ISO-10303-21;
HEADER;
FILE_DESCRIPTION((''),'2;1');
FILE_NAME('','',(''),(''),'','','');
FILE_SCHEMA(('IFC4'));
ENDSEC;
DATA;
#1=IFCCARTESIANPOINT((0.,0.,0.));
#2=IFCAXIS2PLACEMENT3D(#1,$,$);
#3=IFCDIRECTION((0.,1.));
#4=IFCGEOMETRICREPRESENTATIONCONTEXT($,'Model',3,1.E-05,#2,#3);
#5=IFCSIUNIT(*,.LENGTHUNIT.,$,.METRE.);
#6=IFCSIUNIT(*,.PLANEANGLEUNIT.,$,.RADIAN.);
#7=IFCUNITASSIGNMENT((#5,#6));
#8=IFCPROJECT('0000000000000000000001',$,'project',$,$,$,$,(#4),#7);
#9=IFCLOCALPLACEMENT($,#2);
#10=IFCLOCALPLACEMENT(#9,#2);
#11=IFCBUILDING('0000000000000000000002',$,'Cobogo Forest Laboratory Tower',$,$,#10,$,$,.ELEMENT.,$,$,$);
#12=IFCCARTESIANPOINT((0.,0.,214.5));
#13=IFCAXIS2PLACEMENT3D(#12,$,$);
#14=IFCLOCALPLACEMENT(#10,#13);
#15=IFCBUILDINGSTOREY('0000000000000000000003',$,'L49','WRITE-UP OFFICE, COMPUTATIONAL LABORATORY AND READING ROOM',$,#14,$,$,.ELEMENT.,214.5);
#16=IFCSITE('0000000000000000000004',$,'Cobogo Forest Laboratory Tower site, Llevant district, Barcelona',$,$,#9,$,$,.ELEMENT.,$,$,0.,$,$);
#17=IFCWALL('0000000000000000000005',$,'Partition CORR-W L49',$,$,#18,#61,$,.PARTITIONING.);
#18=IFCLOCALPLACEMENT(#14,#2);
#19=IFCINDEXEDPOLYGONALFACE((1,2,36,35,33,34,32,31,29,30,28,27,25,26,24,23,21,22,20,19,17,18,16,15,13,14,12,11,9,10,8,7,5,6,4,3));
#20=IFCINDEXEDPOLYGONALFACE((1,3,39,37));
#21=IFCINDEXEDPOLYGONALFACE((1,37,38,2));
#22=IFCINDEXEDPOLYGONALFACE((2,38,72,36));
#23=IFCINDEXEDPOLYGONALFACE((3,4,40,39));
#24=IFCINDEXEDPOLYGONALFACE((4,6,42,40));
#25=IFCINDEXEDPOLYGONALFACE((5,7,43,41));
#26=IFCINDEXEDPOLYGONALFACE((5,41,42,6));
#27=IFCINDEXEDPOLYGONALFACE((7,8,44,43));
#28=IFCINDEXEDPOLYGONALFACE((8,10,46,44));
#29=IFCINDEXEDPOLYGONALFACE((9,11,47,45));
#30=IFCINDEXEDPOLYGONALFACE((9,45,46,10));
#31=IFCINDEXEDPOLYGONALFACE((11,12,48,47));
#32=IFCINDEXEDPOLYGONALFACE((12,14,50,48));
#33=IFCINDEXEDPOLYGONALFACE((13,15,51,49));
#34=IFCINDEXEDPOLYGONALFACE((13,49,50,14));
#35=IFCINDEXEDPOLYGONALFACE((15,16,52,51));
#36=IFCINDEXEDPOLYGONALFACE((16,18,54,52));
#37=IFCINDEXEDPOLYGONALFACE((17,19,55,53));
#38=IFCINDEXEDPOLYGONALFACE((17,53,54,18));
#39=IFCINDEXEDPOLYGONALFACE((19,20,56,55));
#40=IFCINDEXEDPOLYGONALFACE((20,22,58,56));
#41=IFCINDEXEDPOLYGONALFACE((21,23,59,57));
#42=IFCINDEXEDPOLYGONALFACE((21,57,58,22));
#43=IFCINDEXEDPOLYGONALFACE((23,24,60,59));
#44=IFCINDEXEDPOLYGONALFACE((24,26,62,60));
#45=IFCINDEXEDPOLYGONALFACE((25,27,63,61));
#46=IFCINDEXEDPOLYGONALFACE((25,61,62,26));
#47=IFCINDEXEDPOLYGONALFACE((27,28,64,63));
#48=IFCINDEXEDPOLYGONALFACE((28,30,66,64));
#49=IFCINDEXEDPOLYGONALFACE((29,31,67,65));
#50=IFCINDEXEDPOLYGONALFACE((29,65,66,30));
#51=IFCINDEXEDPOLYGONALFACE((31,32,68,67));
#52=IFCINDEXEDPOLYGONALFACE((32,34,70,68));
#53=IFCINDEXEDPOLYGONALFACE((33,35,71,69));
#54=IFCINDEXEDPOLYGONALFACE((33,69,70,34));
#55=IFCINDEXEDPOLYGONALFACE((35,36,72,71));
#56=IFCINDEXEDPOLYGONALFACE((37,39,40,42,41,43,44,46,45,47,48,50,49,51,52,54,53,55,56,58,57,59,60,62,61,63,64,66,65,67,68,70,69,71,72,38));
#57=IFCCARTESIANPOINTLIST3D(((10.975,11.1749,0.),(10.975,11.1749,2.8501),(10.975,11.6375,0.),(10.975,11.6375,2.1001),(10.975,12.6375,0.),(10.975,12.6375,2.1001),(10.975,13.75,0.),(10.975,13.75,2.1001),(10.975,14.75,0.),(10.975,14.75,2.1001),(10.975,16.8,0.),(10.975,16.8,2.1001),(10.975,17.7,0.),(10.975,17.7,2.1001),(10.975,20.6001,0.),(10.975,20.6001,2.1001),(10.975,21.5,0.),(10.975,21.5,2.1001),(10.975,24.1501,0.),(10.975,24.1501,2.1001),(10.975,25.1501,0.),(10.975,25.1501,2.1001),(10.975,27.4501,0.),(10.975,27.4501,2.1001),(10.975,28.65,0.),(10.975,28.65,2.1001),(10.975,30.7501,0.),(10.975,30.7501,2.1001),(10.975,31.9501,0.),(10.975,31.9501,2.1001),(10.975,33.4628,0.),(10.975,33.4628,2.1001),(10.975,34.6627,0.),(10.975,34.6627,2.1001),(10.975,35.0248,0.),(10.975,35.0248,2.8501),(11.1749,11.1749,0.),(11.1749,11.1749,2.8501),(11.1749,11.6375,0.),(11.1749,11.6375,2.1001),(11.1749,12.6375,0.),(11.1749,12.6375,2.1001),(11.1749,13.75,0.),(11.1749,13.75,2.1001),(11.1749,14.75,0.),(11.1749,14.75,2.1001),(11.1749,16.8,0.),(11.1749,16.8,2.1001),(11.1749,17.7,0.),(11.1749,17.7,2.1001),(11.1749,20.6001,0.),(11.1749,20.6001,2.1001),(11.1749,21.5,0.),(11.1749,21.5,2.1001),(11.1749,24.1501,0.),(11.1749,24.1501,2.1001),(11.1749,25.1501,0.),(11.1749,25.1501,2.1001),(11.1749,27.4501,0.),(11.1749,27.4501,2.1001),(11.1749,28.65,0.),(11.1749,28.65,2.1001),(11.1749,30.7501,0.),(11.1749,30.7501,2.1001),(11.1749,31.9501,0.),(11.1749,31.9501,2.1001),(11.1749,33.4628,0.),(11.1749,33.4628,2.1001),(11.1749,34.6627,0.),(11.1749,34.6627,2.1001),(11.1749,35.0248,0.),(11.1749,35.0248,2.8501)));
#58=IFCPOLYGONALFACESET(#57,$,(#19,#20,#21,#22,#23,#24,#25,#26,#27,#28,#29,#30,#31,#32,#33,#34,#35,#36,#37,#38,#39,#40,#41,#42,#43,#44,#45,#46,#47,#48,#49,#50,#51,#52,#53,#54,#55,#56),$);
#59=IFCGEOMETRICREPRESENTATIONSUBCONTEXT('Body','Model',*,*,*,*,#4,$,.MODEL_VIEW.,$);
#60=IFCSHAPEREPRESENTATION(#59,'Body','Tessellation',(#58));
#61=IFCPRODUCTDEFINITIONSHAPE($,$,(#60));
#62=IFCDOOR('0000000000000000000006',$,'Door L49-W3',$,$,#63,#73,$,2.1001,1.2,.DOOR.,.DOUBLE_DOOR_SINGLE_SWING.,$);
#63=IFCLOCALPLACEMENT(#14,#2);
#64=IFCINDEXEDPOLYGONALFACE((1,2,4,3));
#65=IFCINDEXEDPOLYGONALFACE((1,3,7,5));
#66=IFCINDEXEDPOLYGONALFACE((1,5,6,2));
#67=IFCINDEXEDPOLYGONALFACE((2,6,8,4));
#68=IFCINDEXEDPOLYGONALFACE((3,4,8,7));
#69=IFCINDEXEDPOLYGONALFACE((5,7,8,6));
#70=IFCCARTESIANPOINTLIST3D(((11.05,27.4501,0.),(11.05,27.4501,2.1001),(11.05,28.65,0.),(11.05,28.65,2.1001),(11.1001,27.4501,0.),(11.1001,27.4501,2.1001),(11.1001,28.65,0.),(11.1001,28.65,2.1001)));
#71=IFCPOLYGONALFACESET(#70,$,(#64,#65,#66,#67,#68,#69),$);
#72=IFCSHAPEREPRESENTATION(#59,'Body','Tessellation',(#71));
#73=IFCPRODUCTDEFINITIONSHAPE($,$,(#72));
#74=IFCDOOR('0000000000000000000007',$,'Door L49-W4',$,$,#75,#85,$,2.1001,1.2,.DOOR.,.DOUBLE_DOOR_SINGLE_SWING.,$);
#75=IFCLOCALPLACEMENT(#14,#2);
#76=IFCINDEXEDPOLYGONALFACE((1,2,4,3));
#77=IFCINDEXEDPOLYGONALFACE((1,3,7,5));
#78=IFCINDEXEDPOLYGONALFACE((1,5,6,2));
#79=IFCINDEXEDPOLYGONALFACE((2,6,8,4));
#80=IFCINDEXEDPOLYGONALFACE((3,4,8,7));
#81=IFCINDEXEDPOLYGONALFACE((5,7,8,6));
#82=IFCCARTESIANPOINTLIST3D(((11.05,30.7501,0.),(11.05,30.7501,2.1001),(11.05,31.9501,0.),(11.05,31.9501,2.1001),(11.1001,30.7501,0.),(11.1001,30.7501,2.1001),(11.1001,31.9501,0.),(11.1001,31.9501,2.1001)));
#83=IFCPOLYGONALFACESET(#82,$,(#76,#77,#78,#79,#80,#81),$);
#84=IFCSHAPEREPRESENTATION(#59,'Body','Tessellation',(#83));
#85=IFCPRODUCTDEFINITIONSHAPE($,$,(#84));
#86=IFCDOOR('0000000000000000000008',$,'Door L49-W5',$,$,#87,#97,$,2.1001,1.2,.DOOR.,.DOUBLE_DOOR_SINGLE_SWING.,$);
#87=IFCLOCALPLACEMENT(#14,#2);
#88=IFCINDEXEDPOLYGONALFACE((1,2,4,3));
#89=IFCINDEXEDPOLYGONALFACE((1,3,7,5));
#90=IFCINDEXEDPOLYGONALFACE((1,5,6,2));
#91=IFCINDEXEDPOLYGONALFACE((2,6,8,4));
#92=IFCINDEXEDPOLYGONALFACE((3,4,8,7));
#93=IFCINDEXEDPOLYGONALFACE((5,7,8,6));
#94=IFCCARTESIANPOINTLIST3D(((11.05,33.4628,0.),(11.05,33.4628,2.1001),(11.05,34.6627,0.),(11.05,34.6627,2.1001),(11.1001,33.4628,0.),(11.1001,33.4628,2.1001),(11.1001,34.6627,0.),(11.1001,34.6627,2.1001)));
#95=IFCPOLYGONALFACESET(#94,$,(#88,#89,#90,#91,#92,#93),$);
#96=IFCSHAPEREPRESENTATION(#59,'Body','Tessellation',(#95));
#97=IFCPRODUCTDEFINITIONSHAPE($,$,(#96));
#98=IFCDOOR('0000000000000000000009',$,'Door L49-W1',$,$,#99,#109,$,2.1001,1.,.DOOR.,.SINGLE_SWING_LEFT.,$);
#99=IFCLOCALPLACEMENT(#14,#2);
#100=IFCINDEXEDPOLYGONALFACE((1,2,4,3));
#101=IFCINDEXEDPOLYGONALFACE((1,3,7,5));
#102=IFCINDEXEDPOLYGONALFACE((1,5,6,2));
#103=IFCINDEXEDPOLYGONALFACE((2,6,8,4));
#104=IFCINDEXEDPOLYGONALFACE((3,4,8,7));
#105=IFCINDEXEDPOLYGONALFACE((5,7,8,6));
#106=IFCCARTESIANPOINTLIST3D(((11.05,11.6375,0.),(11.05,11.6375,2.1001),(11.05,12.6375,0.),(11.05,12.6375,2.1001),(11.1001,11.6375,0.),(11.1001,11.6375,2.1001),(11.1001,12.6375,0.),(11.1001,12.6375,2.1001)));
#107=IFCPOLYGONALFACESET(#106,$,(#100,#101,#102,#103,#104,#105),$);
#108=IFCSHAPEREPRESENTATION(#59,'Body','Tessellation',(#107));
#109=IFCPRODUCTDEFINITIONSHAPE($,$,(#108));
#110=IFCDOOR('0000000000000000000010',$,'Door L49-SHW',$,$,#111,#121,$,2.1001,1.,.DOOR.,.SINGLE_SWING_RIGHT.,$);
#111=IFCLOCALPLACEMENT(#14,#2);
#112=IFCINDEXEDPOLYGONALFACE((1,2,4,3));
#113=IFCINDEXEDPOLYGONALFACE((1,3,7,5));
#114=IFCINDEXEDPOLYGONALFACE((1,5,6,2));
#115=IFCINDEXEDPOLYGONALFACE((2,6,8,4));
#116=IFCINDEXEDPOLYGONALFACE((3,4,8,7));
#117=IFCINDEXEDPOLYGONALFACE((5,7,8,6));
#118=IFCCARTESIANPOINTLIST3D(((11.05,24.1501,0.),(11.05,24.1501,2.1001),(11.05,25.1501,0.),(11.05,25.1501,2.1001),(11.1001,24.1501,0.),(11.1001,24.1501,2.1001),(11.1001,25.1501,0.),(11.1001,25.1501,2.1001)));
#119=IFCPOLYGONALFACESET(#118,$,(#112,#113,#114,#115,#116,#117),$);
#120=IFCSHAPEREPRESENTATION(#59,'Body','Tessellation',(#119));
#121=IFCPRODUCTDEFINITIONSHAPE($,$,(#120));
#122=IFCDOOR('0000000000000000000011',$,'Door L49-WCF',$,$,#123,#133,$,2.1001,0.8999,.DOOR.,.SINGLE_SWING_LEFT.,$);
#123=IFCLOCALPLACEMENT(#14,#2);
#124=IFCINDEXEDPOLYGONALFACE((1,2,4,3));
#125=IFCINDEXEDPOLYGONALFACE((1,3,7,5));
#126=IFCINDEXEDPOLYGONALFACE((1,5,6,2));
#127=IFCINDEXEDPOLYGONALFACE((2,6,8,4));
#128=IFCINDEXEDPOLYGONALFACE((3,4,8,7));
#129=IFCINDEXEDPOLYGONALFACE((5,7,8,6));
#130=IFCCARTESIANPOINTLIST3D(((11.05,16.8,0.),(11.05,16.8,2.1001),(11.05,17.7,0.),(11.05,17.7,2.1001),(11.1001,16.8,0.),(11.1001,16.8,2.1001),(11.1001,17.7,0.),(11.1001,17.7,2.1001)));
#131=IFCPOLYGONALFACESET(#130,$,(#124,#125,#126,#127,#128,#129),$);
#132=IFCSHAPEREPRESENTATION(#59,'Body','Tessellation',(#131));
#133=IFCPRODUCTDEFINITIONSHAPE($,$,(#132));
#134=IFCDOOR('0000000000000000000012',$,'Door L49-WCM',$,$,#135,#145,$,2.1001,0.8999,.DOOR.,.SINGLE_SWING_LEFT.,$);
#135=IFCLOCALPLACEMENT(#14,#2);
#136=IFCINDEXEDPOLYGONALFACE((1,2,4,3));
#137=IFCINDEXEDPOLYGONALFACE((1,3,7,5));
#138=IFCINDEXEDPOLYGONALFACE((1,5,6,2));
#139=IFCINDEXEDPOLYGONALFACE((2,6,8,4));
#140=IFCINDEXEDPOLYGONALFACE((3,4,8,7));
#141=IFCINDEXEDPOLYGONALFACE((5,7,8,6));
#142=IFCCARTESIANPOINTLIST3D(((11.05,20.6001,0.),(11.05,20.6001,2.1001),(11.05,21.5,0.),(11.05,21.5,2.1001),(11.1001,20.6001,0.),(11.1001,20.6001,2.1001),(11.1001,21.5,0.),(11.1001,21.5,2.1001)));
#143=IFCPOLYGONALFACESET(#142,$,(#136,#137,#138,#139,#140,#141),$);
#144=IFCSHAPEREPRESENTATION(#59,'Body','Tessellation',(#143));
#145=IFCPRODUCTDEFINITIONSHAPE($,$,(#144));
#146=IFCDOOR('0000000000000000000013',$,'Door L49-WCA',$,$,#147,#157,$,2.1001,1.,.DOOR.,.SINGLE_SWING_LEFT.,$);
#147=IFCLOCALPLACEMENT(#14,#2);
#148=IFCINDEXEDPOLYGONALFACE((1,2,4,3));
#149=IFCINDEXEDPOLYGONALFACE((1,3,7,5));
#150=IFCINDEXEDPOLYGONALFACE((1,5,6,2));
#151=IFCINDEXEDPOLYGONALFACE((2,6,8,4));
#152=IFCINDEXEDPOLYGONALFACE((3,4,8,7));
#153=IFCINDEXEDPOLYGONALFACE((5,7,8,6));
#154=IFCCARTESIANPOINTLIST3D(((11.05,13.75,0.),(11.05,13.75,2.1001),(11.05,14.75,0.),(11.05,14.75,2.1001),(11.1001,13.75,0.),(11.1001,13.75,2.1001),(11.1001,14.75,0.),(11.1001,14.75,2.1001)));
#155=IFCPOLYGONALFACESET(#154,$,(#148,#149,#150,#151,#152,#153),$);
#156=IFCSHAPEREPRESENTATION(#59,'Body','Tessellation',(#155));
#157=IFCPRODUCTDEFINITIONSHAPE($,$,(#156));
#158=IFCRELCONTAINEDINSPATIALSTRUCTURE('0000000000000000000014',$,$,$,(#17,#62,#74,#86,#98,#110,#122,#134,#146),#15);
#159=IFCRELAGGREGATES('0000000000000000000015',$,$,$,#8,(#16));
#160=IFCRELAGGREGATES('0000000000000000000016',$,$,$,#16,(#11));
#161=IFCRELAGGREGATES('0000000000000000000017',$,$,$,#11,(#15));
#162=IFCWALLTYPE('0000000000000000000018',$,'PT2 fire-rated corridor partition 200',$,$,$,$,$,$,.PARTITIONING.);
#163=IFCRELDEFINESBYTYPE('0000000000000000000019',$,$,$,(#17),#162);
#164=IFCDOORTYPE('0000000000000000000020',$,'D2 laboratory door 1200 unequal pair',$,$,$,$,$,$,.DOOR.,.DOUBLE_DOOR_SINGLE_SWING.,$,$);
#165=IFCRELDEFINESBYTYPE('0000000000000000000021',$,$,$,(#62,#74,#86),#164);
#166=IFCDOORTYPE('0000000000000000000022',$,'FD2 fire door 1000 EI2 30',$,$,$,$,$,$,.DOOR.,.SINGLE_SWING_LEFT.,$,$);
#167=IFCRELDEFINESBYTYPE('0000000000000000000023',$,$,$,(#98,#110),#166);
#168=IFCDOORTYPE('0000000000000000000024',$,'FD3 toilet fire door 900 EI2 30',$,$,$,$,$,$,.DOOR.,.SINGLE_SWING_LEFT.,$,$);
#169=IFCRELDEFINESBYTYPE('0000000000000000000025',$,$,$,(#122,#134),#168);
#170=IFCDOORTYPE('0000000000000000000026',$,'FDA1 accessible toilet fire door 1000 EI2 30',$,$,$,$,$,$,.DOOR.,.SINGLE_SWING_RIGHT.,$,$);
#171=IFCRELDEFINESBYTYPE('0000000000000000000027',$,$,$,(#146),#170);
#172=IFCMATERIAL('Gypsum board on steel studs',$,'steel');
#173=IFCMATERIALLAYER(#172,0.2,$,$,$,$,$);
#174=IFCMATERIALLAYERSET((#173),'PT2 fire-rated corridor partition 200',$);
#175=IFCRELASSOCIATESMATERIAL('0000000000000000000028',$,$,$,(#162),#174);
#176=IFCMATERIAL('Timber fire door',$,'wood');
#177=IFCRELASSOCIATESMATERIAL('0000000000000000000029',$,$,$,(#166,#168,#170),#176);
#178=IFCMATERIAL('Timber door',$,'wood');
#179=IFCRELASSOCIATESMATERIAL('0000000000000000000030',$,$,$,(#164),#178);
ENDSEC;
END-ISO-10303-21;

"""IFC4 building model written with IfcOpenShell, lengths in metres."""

from ifc_helpers import new_model, si_unit, direction, frame, frame_2d, origin, place, context, subcontext, project, spatial, rectangle, extrude, material, layer, layer_set, type_object, element, fill, save


model = new_model("IFC4")

# Units and contexts
model_context = context("Model", 3, precision=1e-05, world=origin(), true_north=direction((0.0, 1.0)))
body_context = subcontext(model_context, "Body", "Model", "MODEL_VIEW")
ifc_project = project(units=[si_unit("LENGTHUNIT", "METRE"), si_unit("PLANEANGLEUNIT", "RADIAN")], contexts=[model_context])

# Site, building, storey
site_placement = place(None, origin())
site = spatial("IfcSite", under=ifc_project, at=site_placement, Name="Cobogo Forest Laboratory Tower site, Llevant district, Barcelona", CompositionType="ELEMENT", RefElevation=0.0)
building_placement = place(site_placement, origin())
building = spatial("IfcBuilding", under=site, at=building_placement, Name="Cobogo Forest Laboratory Tower", CompositionType="ELEMENT")
storey_placement = place(building_placement, frame((0.0, 0.0, 214.5)))
storey = spatial("IfcBuildingStorey", under=building, at=storey_placement, Name="L49", Description="WRITE-UP OFFICE, COMPUTATIONAL LABORATORY AND READING ROOM", CompositionType="ELEMENT", Elevation=214.5)

# Shared definitions
ifc_material_1 = material(Name="Gypsum board on steel studs", Category="steel")

# Wall, openings, doors
ifc_layer_1 = layer(ifc_material_1, 0.2)
ifc_layer_set_1 = layer_set([ifc_layer_1], Name="PT2 fire-rated corridor partition 200")
wall_type_1 = type_object("IfcWallType", Name="PT2 fire-rated corridor partition 200", PredefinedType="PARTITIONING", material=ifc_layer_set_1)
ifc_material_2 = material(Name="Timber fire door", Category="wood")
door_type_1 = type_object("IfcDoorType", Name="FD2 fire door 1000 EI2 30", OperationType="SINGLE_SWING_LEFT", PredefinedType="DOOR", material=ifc_material_2)
wall_1_placement = place(storey_placement, frame((11.075, 11.175, 0.0), z_axis=(0.0, 0.0, 1.0), x_axis=(0.0, 1.0, 0.0)))
wall_1 = element("IfcWall", 1, at=wall_1_placement, inside=storey, type_object=wall_type_1, Name="Partition CORR-W L49", PredefinedType="PARTITIONING", context=body_context, shape_type="SweptSolid", body=[
    extrude(rectangle(XDim=23.8499, YDim=0.2, at=frame_2d((11.9248, 0.0))), origin(), (0.0, 0.0, 1.0), 2.8501),
])
opening_1_placement = place(wall_1_placement, frame((0.4624, 0.0, 0.0)))
opening_1 = element("IfcOpeningElement", 2, at=opening_1_placement, cuts=wall_1, PredefinedType="OPENING", context=body_context, shape_type="SweptSolid", body=[
    extrude(rectangle(XDim=1.0, YDim=2.1001, at=frame_2d((0.5, 1.05))), frame((0.0, 0.1099, 0.0), z_axis=(0.0, -1.0, 0.0), x_axis=(1.0, 0.0, 0.0)), (0.0, 0.0, 1.0), 0.22),
])
opening_2_placement = place(wall_1_placement, frame((2.575, 0.0, 0.0)))
opening_2 = element("IfcOpeningElement", 3, at=opening_2_placement, cuts=wall_1, PredefinedType="OPENING", context=body_context, shape_type="SweptSolid", body=[
    extrude(rectangle(XDim=1.0, YDim=2.1001, at=frame_2d((0.5, 1.05))), frame((0.0, 0.1099, 0.0), z_axis=(0.0, -1.0, 0.0), x_axis=(1.0, 0.0, 0.0)), (0.0, 0.0, 1.0), 0.22),
])
opening_3_placement = place(wall_1_placement, frame((5.625, 0.0, 0.0)))
opening_3 = element("IfcOpeningElement", 4, at=opening_3_placement, cuts=wall_1, PredefinedType="OPENING", context=body_context, shape_type="SweptSolid", body=[
    extrude(rectangle(XDim=0.8999, YDim=2.1001, at=frame_2d((0.45, 1.05))), frame((0.0, 0.1099, 0.0), z_axis=(0.0, -1.0, 0.0), x_axis=(1.0, 0.0, 0.0)), (0.0, 0.0, 1.0), 0.22),
])
opening_4_placement = place(wall_1_placement, frame((9.425, 0.0, 0.0)))
opening_4 = element("IfcOpeningElement", 5, at=opening_4_placement, cuts=wall_1, PredefinedType="OPENING", context=body_context, shape_type="SweptSolid", body=[
    extrude(rectangle(XDim=0.8999, YDim=2.1001, at=frame_2d((0.45, 1.05))), frame((0.0, 0.1099, 0.0), z_axis=(0.0, -1.0, 0.0), x_axis=(1.0, 0.0, 0.0)), (0.0, 0.0, 1.0), 0.22),
])
opening_5_placement = place(wall_1_placement, frame((12.9751, 0.0, 0.0)))
opening_5 = element("IfcOpeningElement", 6, at=opening_5_placement, cuts=wall_1, PredefinedType="OPENING", context=body_context, shape_type="SweptSolid", body=[
    extrude(rectangle(XDim=1.0, YDim=2.1001, at=frame_2d((0.5, 1.05))), frame((0.0, 0.1099, 0.0), z_axis=(0.0, -1.0, 0.0), x_axis=(1.0, 0.0, 0.0)), (0.0, 0.0, 1.0), 0.22),
])
opening_6_placement = place(wall_1_placement, frame((16.2749, 0.0, 0.0)))
opening_6 = element("IfcOpeningElement", 7, at=opening_6_placement, cuts=wall_1, PredefinedType="OPENING", context=body_context, shape_type="SweptSolid", body=[
    extrude(rectangle(XDim=1.2, YDim=2.1001, at=frame_2d((0.6001, 1.05))), frame((0.0, 0.1099, 0.0), z_axis=(0.0, -1.0, 0.0), x_axis=(1.0, 0.0, 0.0)), (0.0, 0.0, 1.0), 0.22),
])
opening_7_placement = place(wall_1_placement, frame((19.575, 0.0, 0.0)))
opening_7 = element("IfcOpeningElement", 8, at=opening_7_placement, cuts=wall_1, PredefinedType="OPENING", context=body_context, shape_type="SweptSolid", body=[
    extrude(rectangle(XDim=1.2, YDim=2.1001, at=frame_2d((0.6001, 1.05))), frame((0.0, 0.1099, 0.0), z_axis=(0.0, -1.0, 0.0), x_axis=(1.0, 0.0, 0.0)), (0.0, 0.0, 1.0), 0.22),
])
opening_8_placement = place(wall_1_placement, frame((22.2876, 0.0, 0.0)))
opening_8 = element("IfcOpeningElement", 9, at=opening_8_placement, cuts=wall_1, PredefinedType="OPENING", context=body_context, shape_type="SweptSolid", body=[
    extrude(rectangle(XDim=1.2, YDim=2.1001, at=frame_2d((0.6001, 1.05))), frame((0.0, 0.1099, 0.0), z_axis=(0.0, -1.0, 0.0), x_axis=(1.0, 0.0, 0.0)), (0.0, 0.0, 1.0), 0.22),
])
ifc_material_3 = material(Name="Timber door", Category="wood")
door_type_2 = type_object("IfcDoorType", Name="D2 laboratory door 1200 unequal pair", OperationType="DOUBLE_DOOR_SINGLE_SWING", PredefinedType="DOOR", material=ifc_material_3)
door_1_placement = place(opening_6_placement, origin())
door_1 = element("IfcDoor", 10, at=door_1_placement, inside=storey, type_object=door_type_2, Name="Door L49-W3", OperationType="DOUBLE_DOOR_SINGLE_SWING", OverallHeight=2.1001, OverallWidth=1.2, PredefinedType="DOOR", context=body_context, shape_type="SweptSolid", body=[
    extrude(rectangle(XDim=1.2, YDim=2.1001, at=frame_2d((0.6001, 1.05))), frame((0.0, 0.0249, 0.0), z_axis=(0.0, -1.0, 0.0), x_axis=(1.0, 0.0, 0.0)), (0.0, 0.0, 1.0), 0.05),
])
fill(opening_6, door_1)
door_2_placement = place(opening_7_placement, origin())
door_2 = element("IfcDoor", 11, at=door_2_placement, inside=storey, type_object=door_type_2, Name="Door L49-W4", OperationType="DOUBLE_DOOR_SINGLE_SWING", OverallHeight=2.1001, OverallWidth=1.2, PredefinedType="DOOR", context=body_context, shape_type="SweptSolid", body=[
    extrude(rectangle(XDim=1.2, YDim=2.1001, at=frame_2d((0.6001, 1.05))), frame((0.0, 0.0249, 0.0), z_axis=(0.0, -1.0, 0.0), x_axis=(1.0, 0.0, 0.0)), (0.0, 0.0, 1.0), 0.05),
])
fill(opening_7, door_2)
door_3_placement = place(opening_8_placement, origin())
door_3 = element("IfcDoor", 12, at=door_3_placement, inside=storey, type_object=door_type_2, Name="Door L49-W5", OperationType="DOUBLE_DOOR_SINGLE_SWING", OverallHeight=2.1001, OverallWidth=1.2, PredefinedType="DOOR", context=body_context, shape_type="SweptSolid", body=[
    extrude(rectangle(XDim=1.2, YDim=2.1001, at=frame_2d((0.6001, 1.05))), frame((0.0, 0.0249, 0.0), z_axis=(0.0, -1.0, 0.0), x_axis=(1.0, 0.0, 0.0)), (0.0, 0.0, 1.0), 0.05),
])
fill(opening_8, door_3)
door_4_placement = place(opening_1_placement, origin())
door_4 = element("IfcDoor", 13, at=door_4_placement, inside=storey, type_object=door_type_1, Name="Door L49-W1", OperationType="SINGLE_SWING_LEFT", OverallHeight=2.1001, OverallWidth=1.0, PredefinedType="DOOR", context=body_context, shape_type="SweptSolid", body=[
    extrude(rectangle(XDim=1.0, YDim=2.1001, at=frame_2d((0.5, 1.05))), frame((0.0, 0.0249, 0.0), z_axis=(0.0, -1.0, 0.0), x_axis=(1.0, 0.0, 0.0)), (0.0, 0.0, 1.0), 0.05),
])
fill(opening_1, door_4)
door_5_placement = place(opening_5_placement, origin())
door_5 = element("IfcDoor", 14, at=door_5_placement, inside=storey, type_object=door_type_1, Name="Door L49-SHW", OperationType="SINGLE_SWING_RIGHT", OverallHeight=2.1001, OverallWidth=1.0, PredefinedType="DOOR", context=body_context, shape_type="SweptSolid", body=[
    extrude(rectangle(XDim=1.0, YDim=2.1001, at=frame_2d((0.5, 1.05))), frame((0.0, 0.0249, 0.0), z_axis=(0.0, -1.0, 0.0), x_axis=(1.0, 0.0, 0.0)), (0.0, 0.0, 1.0), 0.05),
])
fill(opening_5, door_5)
door_type_3 = type_object("IfcDoorType", Name="FD3 toilet fire door 900 EI2 30", OperationType="SINGLE_SWING_LEFT", PredefinedType="DOOR", material=ifc_material_2)
door_6_placement = place(opening_3_placement, origin())
door_6 = element("IfcDoor", 15, at=door_6_placement, inside=storey, type_object=door_type_3, Name="Door L49-WCF", OperationType="SINGLE_SWING_LEFT", OverallHeight=2.1001, OverallWidth=0.8999, PredefinedType="DOOR", context=body_context, shape_type="SweptSolid", body=[
    extrude(rectangle(XDim=0.8999, YDim=2.1001, at=frame_2d((0.45, 1.05))), frame((0.0, 0.0249, 0.0), z_axis=(0.0, -1.0, 0.0), x_axis=(1.0, 0.0, 0.0)), (0.0, 0.0, 1.0), 0.05),
])
fill(opening_3, door_6)
door_7_placement = place(opening_4_placement, origin())
door_7 = element("IfcDoor", 16, at=door_7_placement, inside=storey, type_object=door_type_3, Name="Door L49-WCM", OperationType="SINGLE_SWING_LEFT", OverallHeight=2.1001, OverallWidth=0.8999, PredefinedType="DOOR", context=body_context, shape_type="SweptSolid", body=[
    extrude(rectangle(XDim=0.8999, YDim=2.1001, at=frame_2d((0.45, 1.05))), frame((0.0, 0.0249, 0.0), z_axis=(0.0, -1.0, 0.0), x_axis=(1.0, 0.0, 0.0)), (0.0, 0.0, 1.0), 0.05),
])
fill(opening_4, door_7)
door_type_4 = type_object("IfcDoorType", Name="FDA1 accessible toilet fire door 1000 EI2 30", OperationType="SINGLE_SWING_RIGHT", PredefinedType="DOOR", material=ifc_material_2)
door_8_placement = place(opening_2_placement, origin())
door_8 = element("IfcDoor", 17, at=door_8_placement, inside=storey, type_object=door_type_4, Name="Door L49-WCA", OperationType="SINGLE_SWING_LEFT", OverallHeight=2.1001, OverallWidth=1.0, PredefinedType="DOOR", context=body_context, shape_type="SweptSolid", body=[
    extrude(rectangle(XDim=1.0, YDim=2.1001, at=frame_2d((0.5, 1.05))), frame((0.0, 0.0249, 0.0), z_axis=(0.0, -1.0, 0.0), x_axis=(1.0, 0.0, 0.0)), (0.0, 0.0, 1.0), 0.05),
])
fill(opening_2, door_8)

save(model, "model.ifc")
